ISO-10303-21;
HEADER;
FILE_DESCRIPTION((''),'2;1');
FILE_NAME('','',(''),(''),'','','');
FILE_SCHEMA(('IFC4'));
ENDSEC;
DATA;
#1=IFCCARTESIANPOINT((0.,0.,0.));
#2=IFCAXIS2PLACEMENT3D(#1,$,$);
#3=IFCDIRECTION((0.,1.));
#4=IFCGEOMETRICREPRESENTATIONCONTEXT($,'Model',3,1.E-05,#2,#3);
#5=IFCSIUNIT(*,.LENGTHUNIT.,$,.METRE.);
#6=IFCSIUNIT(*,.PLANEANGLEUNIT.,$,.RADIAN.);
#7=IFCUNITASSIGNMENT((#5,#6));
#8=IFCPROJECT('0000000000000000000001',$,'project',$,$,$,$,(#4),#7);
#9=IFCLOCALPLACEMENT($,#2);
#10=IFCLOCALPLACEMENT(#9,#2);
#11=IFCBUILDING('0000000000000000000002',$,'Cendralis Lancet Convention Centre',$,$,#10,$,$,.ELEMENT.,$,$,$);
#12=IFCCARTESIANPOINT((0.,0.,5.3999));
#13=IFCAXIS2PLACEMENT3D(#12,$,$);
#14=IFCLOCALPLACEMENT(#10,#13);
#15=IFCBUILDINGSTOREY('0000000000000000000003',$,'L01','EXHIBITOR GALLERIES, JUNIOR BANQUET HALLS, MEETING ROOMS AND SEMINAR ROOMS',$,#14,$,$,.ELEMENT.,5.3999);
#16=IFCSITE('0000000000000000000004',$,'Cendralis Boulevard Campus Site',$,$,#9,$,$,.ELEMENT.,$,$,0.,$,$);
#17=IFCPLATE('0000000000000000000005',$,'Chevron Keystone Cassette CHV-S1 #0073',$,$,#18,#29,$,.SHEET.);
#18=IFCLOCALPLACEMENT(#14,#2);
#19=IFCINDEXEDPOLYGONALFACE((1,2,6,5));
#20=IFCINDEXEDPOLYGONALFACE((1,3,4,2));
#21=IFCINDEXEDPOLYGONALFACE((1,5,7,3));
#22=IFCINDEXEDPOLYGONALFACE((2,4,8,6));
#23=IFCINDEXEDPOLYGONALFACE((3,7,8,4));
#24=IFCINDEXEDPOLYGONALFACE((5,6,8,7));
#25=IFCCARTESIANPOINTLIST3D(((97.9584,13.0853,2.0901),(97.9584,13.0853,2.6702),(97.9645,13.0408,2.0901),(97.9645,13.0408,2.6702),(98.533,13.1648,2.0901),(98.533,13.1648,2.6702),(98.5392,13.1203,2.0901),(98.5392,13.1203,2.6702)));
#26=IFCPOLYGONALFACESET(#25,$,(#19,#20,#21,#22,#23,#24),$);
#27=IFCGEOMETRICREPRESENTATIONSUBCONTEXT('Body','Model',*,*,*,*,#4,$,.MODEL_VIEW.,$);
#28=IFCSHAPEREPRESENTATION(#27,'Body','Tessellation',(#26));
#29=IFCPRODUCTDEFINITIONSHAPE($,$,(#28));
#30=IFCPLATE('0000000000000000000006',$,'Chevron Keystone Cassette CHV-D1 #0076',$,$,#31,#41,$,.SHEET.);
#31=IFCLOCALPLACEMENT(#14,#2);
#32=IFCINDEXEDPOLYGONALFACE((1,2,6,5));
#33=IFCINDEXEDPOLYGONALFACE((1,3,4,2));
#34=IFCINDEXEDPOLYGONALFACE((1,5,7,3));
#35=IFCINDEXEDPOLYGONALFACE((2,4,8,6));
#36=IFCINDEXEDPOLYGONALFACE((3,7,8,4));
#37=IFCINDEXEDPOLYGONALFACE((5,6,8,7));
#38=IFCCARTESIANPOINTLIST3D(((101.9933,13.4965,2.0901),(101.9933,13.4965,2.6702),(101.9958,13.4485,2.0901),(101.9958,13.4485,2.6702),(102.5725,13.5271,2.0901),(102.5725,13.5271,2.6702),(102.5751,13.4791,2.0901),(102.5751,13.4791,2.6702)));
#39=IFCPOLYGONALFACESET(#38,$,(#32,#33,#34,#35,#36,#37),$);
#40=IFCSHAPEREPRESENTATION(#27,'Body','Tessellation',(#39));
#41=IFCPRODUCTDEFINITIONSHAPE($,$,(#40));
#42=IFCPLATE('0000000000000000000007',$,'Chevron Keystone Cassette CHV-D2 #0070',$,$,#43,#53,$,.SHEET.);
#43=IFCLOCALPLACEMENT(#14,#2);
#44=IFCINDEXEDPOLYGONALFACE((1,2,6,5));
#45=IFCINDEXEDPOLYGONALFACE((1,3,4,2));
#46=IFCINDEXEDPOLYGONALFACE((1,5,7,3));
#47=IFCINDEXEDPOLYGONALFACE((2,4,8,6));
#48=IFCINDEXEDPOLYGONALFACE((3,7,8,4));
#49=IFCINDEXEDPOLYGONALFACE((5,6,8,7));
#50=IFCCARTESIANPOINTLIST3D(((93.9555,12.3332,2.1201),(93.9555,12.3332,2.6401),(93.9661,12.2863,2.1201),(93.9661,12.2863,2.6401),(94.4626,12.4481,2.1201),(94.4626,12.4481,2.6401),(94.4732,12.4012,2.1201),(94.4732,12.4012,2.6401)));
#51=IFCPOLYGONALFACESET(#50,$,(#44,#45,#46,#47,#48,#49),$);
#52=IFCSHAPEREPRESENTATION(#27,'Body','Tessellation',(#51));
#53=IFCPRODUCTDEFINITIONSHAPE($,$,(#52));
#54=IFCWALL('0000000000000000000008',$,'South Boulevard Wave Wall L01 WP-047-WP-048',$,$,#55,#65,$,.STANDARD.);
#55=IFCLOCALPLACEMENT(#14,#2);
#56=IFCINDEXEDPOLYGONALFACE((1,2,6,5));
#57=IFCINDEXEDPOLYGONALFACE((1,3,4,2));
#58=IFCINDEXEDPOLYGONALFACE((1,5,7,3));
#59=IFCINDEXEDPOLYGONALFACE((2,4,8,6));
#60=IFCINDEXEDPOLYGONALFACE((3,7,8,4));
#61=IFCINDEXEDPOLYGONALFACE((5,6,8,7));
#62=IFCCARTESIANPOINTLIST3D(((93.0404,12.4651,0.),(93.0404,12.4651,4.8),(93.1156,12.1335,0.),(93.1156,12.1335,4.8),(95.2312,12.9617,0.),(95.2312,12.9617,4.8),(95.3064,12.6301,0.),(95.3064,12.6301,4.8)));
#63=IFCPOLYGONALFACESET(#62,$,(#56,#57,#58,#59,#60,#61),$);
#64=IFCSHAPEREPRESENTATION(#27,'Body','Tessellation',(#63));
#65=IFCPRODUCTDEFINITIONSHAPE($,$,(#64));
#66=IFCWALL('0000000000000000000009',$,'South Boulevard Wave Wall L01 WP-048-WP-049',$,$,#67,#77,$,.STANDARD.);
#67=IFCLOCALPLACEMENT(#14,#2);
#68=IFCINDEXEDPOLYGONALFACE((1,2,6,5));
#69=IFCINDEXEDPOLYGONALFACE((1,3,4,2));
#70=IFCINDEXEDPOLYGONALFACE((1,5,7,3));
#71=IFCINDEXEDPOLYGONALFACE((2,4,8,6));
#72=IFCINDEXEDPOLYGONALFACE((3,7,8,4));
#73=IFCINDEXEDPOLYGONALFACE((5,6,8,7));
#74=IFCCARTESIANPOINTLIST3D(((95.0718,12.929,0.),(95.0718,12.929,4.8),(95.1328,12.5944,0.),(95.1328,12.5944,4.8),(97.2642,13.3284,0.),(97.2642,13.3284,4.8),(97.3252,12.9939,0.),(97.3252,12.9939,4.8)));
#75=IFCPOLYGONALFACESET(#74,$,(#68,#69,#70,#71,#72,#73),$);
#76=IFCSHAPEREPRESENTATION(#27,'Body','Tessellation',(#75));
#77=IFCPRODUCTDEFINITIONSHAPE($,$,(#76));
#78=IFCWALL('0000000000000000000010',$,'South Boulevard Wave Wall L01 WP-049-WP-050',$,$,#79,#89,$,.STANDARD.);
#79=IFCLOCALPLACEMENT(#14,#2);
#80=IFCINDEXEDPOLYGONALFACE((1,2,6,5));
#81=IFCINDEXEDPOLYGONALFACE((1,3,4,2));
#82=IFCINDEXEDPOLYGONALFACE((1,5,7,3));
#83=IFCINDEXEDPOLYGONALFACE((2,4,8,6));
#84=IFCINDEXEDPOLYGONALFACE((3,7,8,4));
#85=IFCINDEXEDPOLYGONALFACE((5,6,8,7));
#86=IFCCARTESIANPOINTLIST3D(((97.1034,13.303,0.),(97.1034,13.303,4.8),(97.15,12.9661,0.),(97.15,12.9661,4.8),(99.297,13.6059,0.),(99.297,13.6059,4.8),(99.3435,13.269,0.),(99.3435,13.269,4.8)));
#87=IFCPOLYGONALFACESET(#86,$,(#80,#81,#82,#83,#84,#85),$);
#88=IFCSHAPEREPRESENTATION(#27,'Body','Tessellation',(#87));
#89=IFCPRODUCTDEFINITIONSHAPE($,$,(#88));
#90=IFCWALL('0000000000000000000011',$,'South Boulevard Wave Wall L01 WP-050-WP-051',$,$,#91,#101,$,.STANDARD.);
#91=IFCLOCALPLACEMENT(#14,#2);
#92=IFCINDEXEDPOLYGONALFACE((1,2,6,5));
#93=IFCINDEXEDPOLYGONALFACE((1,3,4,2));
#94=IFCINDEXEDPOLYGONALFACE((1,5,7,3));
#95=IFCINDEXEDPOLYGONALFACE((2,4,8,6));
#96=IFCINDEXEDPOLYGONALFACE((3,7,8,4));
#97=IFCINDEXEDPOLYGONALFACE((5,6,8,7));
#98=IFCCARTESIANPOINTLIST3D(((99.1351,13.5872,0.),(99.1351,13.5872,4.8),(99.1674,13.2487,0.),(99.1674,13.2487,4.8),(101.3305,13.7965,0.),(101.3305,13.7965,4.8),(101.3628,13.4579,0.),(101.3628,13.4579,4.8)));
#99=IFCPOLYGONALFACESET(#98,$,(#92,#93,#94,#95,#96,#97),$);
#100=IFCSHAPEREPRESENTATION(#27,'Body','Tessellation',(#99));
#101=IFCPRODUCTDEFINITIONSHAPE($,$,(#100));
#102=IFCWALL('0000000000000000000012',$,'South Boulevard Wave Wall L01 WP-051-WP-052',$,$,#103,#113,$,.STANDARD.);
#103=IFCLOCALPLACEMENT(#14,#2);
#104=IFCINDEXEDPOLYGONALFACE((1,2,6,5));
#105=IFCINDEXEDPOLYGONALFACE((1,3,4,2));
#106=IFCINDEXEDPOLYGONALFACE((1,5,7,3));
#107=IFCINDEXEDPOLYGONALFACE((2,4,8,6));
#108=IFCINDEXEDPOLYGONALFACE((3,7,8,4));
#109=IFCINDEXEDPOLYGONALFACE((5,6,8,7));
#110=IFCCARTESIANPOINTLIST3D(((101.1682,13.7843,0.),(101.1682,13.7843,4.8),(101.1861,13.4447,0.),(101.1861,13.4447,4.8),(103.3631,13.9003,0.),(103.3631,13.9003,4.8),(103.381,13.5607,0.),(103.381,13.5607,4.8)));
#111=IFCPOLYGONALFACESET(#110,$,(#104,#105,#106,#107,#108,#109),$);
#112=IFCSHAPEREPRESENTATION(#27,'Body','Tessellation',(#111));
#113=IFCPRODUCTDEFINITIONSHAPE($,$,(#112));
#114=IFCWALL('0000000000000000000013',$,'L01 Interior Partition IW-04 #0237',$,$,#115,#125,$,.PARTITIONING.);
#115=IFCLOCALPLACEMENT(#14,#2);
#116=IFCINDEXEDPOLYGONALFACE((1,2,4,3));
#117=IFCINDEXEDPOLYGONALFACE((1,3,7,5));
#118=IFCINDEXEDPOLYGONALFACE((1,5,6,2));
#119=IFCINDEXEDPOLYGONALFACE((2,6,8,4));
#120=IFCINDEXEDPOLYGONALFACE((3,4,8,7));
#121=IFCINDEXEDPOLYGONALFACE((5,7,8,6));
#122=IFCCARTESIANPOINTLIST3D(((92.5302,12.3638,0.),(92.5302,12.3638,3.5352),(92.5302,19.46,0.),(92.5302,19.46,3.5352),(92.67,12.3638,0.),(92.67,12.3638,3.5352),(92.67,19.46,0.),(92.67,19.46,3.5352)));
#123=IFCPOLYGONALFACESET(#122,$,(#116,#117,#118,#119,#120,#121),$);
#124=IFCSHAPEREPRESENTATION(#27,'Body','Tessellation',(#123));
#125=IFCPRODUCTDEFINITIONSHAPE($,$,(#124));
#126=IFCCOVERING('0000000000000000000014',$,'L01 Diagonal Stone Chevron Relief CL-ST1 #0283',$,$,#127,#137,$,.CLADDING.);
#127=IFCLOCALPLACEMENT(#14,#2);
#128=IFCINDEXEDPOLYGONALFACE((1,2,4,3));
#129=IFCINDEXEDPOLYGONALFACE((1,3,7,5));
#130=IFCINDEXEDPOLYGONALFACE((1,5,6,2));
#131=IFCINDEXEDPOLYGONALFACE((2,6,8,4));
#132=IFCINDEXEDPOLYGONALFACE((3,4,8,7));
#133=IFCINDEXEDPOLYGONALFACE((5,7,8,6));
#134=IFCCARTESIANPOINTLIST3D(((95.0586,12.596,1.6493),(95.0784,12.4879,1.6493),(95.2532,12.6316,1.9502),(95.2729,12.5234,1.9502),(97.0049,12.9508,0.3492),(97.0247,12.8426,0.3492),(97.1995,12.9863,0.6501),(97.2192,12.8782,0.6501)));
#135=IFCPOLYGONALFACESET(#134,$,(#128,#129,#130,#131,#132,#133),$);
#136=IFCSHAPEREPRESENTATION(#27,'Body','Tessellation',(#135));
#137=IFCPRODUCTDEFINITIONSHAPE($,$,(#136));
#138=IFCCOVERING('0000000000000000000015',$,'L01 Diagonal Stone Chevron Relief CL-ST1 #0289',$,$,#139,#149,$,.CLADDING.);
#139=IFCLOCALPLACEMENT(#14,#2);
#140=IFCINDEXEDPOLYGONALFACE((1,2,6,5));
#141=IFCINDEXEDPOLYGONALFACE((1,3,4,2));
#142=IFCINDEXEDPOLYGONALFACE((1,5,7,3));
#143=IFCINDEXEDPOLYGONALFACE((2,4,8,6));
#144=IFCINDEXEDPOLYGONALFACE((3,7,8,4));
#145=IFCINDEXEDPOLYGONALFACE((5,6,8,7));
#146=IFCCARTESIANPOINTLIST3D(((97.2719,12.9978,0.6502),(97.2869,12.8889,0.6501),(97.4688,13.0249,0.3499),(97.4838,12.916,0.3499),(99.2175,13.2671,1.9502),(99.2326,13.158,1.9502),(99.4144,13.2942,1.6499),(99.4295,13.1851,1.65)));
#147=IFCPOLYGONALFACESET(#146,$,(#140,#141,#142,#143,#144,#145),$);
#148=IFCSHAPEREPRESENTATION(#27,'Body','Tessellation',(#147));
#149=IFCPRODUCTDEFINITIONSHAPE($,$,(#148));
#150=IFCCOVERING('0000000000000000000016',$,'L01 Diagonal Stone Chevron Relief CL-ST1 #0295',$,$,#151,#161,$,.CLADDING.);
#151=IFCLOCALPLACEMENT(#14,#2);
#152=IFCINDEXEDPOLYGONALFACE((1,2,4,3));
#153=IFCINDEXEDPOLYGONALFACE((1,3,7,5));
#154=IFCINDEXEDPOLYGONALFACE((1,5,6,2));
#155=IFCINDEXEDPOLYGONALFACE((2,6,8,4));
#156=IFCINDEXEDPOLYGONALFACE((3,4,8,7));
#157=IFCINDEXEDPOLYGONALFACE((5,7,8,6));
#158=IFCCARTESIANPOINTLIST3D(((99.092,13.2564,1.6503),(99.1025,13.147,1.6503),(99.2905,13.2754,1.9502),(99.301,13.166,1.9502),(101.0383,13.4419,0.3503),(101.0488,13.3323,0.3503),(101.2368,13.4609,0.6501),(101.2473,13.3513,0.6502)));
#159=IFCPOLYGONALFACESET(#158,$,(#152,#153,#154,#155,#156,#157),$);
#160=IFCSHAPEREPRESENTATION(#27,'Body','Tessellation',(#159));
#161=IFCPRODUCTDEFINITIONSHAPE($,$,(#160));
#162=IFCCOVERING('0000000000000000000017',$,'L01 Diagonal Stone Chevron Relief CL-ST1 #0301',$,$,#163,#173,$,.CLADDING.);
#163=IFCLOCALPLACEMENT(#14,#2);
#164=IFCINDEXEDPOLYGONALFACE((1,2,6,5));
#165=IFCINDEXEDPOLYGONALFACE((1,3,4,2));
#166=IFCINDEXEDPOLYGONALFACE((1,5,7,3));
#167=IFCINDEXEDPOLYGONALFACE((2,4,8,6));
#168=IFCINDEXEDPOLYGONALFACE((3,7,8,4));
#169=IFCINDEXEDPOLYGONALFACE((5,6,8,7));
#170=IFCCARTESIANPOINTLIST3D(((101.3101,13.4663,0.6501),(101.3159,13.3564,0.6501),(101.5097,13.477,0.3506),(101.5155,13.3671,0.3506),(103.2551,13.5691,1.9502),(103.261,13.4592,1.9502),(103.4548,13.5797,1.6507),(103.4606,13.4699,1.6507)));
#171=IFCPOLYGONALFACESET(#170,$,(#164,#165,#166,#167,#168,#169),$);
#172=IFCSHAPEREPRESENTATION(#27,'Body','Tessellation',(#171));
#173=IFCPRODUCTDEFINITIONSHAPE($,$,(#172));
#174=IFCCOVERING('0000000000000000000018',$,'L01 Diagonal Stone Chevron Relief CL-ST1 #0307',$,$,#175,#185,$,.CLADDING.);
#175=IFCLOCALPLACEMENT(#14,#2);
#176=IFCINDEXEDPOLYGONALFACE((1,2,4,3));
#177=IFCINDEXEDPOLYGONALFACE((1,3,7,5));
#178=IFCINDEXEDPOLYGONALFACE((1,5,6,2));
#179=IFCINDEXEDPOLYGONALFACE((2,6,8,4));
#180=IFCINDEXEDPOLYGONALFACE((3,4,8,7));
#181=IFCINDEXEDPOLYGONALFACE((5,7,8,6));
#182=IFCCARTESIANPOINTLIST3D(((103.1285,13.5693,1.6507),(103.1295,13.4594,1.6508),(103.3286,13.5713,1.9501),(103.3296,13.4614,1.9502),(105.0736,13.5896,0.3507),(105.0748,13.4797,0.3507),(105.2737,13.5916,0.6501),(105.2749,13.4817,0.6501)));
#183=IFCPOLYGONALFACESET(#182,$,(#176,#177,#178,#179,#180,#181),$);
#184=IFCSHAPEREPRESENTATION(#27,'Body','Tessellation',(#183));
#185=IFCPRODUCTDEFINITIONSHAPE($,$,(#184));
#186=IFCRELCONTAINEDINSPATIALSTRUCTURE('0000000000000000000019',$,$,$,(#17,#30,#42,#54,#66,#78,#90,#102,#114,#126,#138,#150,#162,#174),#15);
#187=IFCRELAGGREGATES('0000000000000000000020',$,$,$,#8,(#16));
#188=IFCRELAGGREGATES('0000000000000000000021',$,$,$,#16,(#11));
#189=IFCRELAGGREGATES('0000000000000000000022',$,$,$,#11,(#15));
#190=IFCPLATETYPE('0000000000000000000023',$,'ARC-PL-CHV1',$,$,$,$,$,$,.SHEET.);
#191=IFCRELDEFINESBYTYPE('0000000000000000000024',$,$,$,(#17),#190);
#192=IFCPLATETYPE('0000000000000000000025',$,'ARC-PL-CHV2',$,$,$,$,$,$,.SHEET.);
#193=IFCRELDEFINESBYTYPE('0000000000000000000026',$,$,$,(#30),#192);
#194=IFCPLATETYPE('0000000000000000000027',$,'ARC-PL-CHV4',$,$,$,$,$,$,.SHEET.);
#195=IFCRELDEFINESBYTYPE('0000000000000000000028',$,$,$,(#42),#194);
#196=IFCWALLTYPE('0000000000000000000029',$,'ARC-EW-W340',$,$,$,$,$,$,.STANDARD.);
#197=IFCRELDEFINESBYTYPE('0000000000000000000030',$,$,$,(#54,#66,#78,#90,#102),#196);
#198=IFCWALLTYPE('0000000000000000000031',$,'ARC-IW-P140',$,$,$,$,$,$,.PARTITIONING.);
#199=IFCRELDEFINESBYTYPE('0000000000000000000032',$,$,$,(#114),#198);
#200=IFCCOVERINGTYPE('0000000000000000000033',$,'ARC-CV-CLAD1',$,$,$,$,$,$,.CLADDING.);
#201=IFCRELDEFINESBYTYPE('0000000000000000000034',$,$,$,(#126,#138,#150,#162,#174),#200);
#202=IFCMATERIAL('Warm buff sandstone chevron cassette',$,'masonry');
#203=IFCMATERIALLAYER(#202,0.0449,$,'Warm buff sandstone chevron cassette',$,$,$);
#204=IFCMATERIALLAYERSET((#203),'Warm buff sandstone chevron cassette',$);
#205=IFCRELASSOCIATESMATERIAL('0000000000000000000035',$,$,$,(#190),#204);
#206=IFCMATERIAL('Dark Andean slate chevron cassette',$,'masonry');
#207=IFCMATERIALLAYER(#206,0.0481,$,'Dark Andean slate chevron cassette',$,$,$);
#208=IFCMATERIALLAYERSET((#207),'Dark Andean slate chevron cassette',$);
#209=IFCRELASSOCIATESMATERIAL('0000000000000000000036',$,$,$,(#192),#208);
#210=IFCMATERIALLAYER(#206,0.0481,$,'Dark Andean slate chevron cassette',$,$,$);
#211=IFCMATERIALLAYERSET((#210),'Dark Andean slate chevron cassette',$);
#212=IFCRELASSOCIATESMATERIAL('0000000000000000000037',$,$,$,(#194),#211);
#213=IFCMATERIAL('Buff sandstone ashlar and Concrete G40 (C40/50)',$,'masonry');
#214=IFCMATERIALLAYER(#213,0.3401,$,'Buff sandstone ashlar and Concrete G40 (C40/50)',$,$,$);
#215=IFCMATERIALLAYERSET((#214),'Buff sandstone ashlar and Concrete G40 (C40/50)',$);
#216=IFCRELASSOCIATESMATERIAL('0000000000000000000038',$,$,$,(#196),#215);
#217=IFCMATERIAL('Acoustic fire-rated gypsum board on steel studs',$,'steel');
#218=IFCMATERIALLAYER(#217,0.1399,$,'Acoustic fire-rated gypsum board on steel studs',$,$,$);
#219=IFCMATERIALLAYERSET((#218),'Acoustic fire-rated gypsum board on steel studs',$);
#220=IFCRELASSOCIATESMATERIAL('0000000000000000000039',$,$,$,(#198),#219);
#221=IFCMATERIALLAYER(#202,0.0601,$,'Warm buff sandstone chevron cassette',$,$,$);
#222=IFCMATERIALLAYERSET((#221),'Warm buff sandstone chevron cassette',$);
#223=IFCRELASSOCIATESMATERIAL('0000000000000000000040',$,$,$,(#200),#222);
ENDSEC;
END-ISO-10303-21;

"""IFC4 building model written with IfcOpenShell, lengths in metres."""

from ifc_helpers import new_model, si_unit, direction, frame, frame_2d, origin, origin_2d, place, context, subcontext, project, spatial, polyline, rectangle, outline, extrude, material, layer, layer_set, type_object, element, save


model = new_model("IFC4")

# Units and contexts
model_context = context("Model", 3, precision=1e-05, world=origin(), true_north=direction((0.0, 1.0)))
body_context = subcontext(model_context, "Body", "Model", "MODEL_VIEW")
ifc_project = project(units=[si_unit("LENGTHUNIT", "METRE"), si_unit("PLANEANGLEUNIT", "RADIAN")], contexts=[model_context])

# Site, building, storey
site_placement = place(None, origin())
site = spatial("IfcSite", under=ifc_project, at=site_placement, Name="Cendralis Boulevard Campus Site", CompositionType="ELEMENT", RefElevation=0.0)
building_placement = place(site_placement, origin())
building = spatial("IfcBuilding", under=site, at=building_placement, Name="Cendralis Lancet Convention Centre", CompositionType="ELEMENT")
storey_placement = place(building_placement, frame((0.0, 0.0, 5.3999)))
storey = spatial("IfcBuildingStorey", under=building, at=storey_placement, Name="L01", Description="EXHIBITOR GALLERIES, JUNIOR BANQUET HALLS, MEETING ROOMS AND SEMINAR ROOMS", CompositionType="ELEMENT", Elevation=5.3999)

# Plates
ifc_material_1 = material(Name="Warm buff sandstone chevron cassette", Category="masonry")
ifc_layer_1 = layer(ifc_material_1, 0.0449, Name="Warm buff sandstone chevron cassette")
ifc_layer_set_1 = layer_set([ifc_layer_1], Name="Warm buff sandstone chevron cassette")
plate_type_1 = type_object("IfcPlateType", Name="ARC-PL-CHV1", PredefinedType="SHEET", material=ifc_layer_set_1)
plate_1_placement = place(storey_placement, frame((98.2488, 13.1028, 2.0901), z_axis=(0.0, 0.0, 1.0), x_axis=(0.990577, 0.13696, 0.0)))
element("IfcPlate", 1, at=plate_1_placement, inside=storey, type_object=plate_type_1, Name="Chevron Keystone Cassette CHV-S1 #0073", PredefinedType="SHEET", context=body_context, shape_type="SweptSolid", body=[
    extrude(rectangle(XDim=0.5801, YDim=0.0449, at=origin_2d()), origin(), (0.0, 0.0, 1.0), 0.5801),
])
ifc_material_2 = material(Name="Dark Andean slate chevron cassette", Category="masonry")
ifc_layer_2 = layer(ifc_material_2, 0.0481, Name="Dark Andean slate chevron cassette")
ifc_layer_set_2 = layer_set([ifc_layer_2], Name="Dark Andean slate chevron cassette")
plate_type_2 = type_object("IfcPlateType", Name="ARC-PL-CHV2", PredefinedType="SHEET", material=ifc_layer_set_2)
plate_2_placement = place(storey_placement, frame((102.2842, 13.4878, 2.0901), z_axis=(0.0, 0.0, 1.0), x_axis=(0.998607, 0.052772, 0.0)))
element("IfcPlate", 2, at=plate_2_placement, inside=storey, type_object=plate_type_2, Name="Chevron Keystone Cassette CHV-D1 #0076", PredefinedType="SHEET", context=body_context, shape_type="SweptSolid", body=[
    extrude(rectangle(XDim=0.5801, YDim=0.0481, at=origin_2d()), origin(), (0.0, 0.0, 1.0), 0.5801),
])
ifc_layer_3 = layer(ifc_material_2, 0.0481, Name="Dark Andean slate chevron cassette")
ifc_layer_set_3 = layer_set([ifc_layer_3], Name="Dark Andean slate chevron cassette")
plate_type_3 = type_object("IfcPlateType", Name="ARC-PL-CHV4", PredefinedType="SHEET", material=ifc_layer_set_3)
plate_3_placement = place(storey_placement, frame((94.2144, 12.3672, 2.1201), z_axis=(0.0, 0.0, 1.0), x_axis=(0.975261, 0.221055, 0.0)))
element("IfcPlate", 3, at=plate_3_placement, inside=storey, type_object=plate_type_3, Name="Chevron Keystone Cassette CHV-D2 #0070", PredefinedType="SHEET", context=body_context, shape_type="SweptSolid", body=[
    extrude(rectangle(XDim=0.52, YDim=0.0481, at=origin_2d()), origin(), (0.0, 0.0, 1.0), 0.52),
])

# Walls
ifc_material_3 = material(Name="Buff sandstone ashlar and Concrete G40 (C40/50)", Category="masonry")
ifc_layer_4 = layer(ifc_material_3, 0.3401, Name="Buff sandstone ashlar and Concrete G40 (C40/50)")
ifc_layer_set_4 = layer_set([ifc_layer_4], Name="Buff sandstone ashlar and Concrete G40 (C40/50)")
wall_type_1 = type_object("IfcWallType", Name="ARC-EW-W340", PredefinedType="STANDARD", material=ifc_layer_set_4)
wall_1_placement = place(storey_placement, frame((93.0781, 12.2993, 0.0), z_axis=(0.0, 0.0, 1.0), x_axis=(0.975258, 0.221071, 0.0)))
element("IfcWall", 4, at=wall_1_placement, inside=storey, type_object=wall_type_1, Name="South Boulevard Wave Wall L01 WP-047-WP-048", PredefinedType="STANDARD", context=body_context, shape_type="SweptSolid", body=[
    extrude(rectangle(XDim=2.2463, YDim=0.3401, at=frame_2d((1.123, 0.0))), origin(), (0.0, 0.0, 1.0), 4.8),
])
wall_2_placement = place(storey_placement, frame((95.1023, 12.7617, 0.0), z_axis=(0.0, 0.0, 1.0), x_axis=(0.983807, 0.179232, 0.0)))
element("IfcWall", 5, at=wall_2_placement, inside=storey, type_object=wall_type_1, Name="South Boulevard Wave Wall L01 WP-048-WP-049", PredefinedType="STANDARD", context=body_context, shape_type="SweptSolid", body=[
    extrude(rectangle(XDim=2.2285, YDim=0.3401, at=frame_2d((1.1143, 0.0))), origin(), (0.0, 0.0, 1.0), 4.8),
])
wall_3_placement = place(storey_placement, frame((97.1267, 13.1345, 0.0), z_axis=(0.0, 0.0, 1.0), x_axis=(0.990596, 0.13682, 0.0)))
element("IfcWall", 6, at=wall_3_placement, inside=storey, type_object=wall_type_1, Name="South Boulevard Wave Wall L01 WP-049-WP-050", PredefinedType="STANDARD", context=body_context, shape_type="SweptSolid", body=[
    extrude(rectangle(XDim=2.2144, YDim=0.3401, at=frame_2d((1.1072, 0.0))), origin(), (0.0, 0.0, 1.0), 4.8),
])
wall_4_placement = place(storey_placement, frame((99.1514, 13.418, 0.0), z_axis=(0.0, 0.0, 1.0), x_axis=(0.995489, 0.094877, 0.0)))
element("IfcWall", 7, at=wall_4_placement, inside=storey, type_object=wall_type_1, Name="South Boulevard Wave Wall L01 WP-050-WP-051", PredefinedType="STANDARD", context=body_context, shape_type="SweptSolid", body=[
    extrude(rectangle(XDim=2.2053, YDim=0.3401, at=frame_2d((1.1025, 0.0))), origin(), (0.0, 0.0, 1.0), 4.8),
])
wall_5_placement = place(storey_placement, frame((101.177, 13.6145, 0.0), z_axis=(0.0, 0.0, 1.0), x_axis=(0.998607, 0.052763, 0.0)))
element("IfcWall", 8, at=wall_5_placement, inside=storey, type_object=wall_type_1, Name="South Boulevard Wave Wall L01 WP-051-WP-052", PredefinedType="STANDARD", context=body_context, shape_type="SweptSolid", body=[
    extrude(rectangle(XDim=2.198, YDim=0.3401, at=frame_2d((1.0991, 0.0))), origin(), (0.0, 0.0, 1.0), 4.8),
])
ifc_material_4 = material(Name="Acoustic fire-rated gypsum board on steel studs", Category="steel")
ifc_layer_5 = layer(ifc_material_4, 0.1399, Name="Acoustic fire-rated gypsum board on steel studs")
ifc_layer_set_5 = layer_set([ifc_layer_5], Name="Acoustic fire-rated gypsum board on steel studs")
wall_type_2 = type_object("IfcWallType", Name="ARC-IW-P140", PredefinedType="PARTITIONING", material=ifc_layer_set_5)
wall_6_placement = place(storey_placement, frame((92.6001, 12.3638, 0.0), z_axis=(0.0, 0.0, 1.0), x_axis=(0.0, 1.0, 0.0)))
element("IfcWall", 9, at=wall_6_placement, inside=storey, type_object=wall_type_2, Name="L01 Interior Partition IW-04 #0237", PredefinedType="PARTITIONING", context=body_context, shape_type="SweptSolid", body=[
    extrude(rectangle(XDim=7.0962, YDim=0.1399, at=frame_2d((3.5481, 0.0))), origin(), (0.0, 0.0, 1.0), 3.5352),
])

# Coverings
ifc_layer_6 = layer(ifc_material_1, 0.0601, Name="Warm buff sandstone chevron cassette")
ifc_layer_set_6 = layer_set([ifc_layer_6], Name="Warm buff sandstone chevron cassette")
covering_type_1 = type_object("IfcCoveringType", Name="ARC-CV-CLAD1", PredefinedType="CLADDING", material=ifc_layer_set_6)
covering_1_placement = place(storey_placement, frame((95.2729, 12.5234, 1.9502), z_axis=(0.540219, 0.098776, 0.835708), x_axis=(0.822163, 0.14985, -0.549175)))
element("IfcCovering", 10, at=covering_1_placement, inside=storey, type_object=covering_type_1, Name="L01 Diagonal Stone Chevron Relief CL-ST1 #0283", PredefinedType="CLADDING", context=body_context, shape_type="SweptSolid", body=[
    extrude(outline(polyline([(0.0, 0.0), (2.3673, 0.0), (2.3672, 0.1099), (-0.0001, 0.1099), (0.0, 0.0)])), origin(), (0.0, 0.0, -1.0), 0.3601),
])
covering_2_placement = place(storey_placement, frame((97.2869, 12.8889, 0.6501), z_axis=(-0.546765, -0.07531, 0.833892), x_axis=(0.826033, 0.114214, 0.551927)))
element("IfcCovering", 11, at=covering_2_placement, inside=storey, type_object=covering_type_1, Name="L01 Diagonal Stone Chevron Relief CL-ST1 #0289", PredefinedType="CLADDING", context=body_context, shape_type="SweptSolid", body=[
    extrude(outline(polyline([(0.0, 0.0), (2.3556, 0.0), (2.3555, 0.1102), (0.0001, 0.1099), (0.0, 0.0)])), origin(), (0.0, 0.0, -1.0), 0.3601),
])
covering_3_placement = place(storey_placement, frame((99.301, 13.166, 1.9502), z_axis=(0.551184, 0.052845, 0.832709), x_axis=(0.82896, 0.078924, -0.553711)))
element("IfcCovering", 12, at=covering_3_placement, inside=storey, type_object=covering_type_1, Name="L01 Diagonal Stone Chevron Relief CL-ST1 #0295", PredefinedType="CLADDING", context=body_context, shape_type="SweptSolid", body=[
    extrude(outline(polyline([(0.0, 0.0), (2.3479, 0.0), (2.3478, 0.1101), (-0.0001, 0.1099), (0.0, 0.0)])), origin(), (0.0, 0.0, -1.0), 0.3601),
])
covering_4_placement = place(storey_placement, frame((101.3159, 13.3564, 0.6501), z_axis=(-0.554364, -0.029566, 0.831749), x_axis=(0.83059, 0.043891, 0.555152)))
element("IfcCovering", 13, at=covering_4_placement, inside=storey, type_object=covering_type_1, Name="L01 Diagonal Stone Chevron Relief CL-ST1 #0301", PredefinedType="CLADDING", context=body_context, shape_type="SweptSolid", body=[
    extrude(outline(polyline([(0.0, 0.0), (2.3418, 0.0), (2.3417, 0.11), (0.0, 0.11), (0.0, 0.0)])), origin(), (0.0, 0.0, -1.0), 0.3601),
])
covering_5_placement = place(storey_placement, frame((103.3296, 13.4614, 1.9502), z_axis=(0.555614, 0.005556, 0.831421), x_axis=(0.831376, 0.00866, -0.555642)))
element("IfcCovering", 14, at=covering_5_placement, inside=storey, type_object=covering_type_1, Name="L01 Diagonal Stone Chevron Relief CL-ST1 #0307", PredefinedType="CLADDING", context=body_context, shape_type="SweptSolid", body=[
    extrude(outline(polyline([(0.0, 0.0), (2.3398, 0.0), (2.3398, 0.1099), (0.0001, 0.1099), (0.0, 0.0)])), origin(), (0.0, 0.0, -1.0), 0.3601),
])

save(model, "model.ifc")
